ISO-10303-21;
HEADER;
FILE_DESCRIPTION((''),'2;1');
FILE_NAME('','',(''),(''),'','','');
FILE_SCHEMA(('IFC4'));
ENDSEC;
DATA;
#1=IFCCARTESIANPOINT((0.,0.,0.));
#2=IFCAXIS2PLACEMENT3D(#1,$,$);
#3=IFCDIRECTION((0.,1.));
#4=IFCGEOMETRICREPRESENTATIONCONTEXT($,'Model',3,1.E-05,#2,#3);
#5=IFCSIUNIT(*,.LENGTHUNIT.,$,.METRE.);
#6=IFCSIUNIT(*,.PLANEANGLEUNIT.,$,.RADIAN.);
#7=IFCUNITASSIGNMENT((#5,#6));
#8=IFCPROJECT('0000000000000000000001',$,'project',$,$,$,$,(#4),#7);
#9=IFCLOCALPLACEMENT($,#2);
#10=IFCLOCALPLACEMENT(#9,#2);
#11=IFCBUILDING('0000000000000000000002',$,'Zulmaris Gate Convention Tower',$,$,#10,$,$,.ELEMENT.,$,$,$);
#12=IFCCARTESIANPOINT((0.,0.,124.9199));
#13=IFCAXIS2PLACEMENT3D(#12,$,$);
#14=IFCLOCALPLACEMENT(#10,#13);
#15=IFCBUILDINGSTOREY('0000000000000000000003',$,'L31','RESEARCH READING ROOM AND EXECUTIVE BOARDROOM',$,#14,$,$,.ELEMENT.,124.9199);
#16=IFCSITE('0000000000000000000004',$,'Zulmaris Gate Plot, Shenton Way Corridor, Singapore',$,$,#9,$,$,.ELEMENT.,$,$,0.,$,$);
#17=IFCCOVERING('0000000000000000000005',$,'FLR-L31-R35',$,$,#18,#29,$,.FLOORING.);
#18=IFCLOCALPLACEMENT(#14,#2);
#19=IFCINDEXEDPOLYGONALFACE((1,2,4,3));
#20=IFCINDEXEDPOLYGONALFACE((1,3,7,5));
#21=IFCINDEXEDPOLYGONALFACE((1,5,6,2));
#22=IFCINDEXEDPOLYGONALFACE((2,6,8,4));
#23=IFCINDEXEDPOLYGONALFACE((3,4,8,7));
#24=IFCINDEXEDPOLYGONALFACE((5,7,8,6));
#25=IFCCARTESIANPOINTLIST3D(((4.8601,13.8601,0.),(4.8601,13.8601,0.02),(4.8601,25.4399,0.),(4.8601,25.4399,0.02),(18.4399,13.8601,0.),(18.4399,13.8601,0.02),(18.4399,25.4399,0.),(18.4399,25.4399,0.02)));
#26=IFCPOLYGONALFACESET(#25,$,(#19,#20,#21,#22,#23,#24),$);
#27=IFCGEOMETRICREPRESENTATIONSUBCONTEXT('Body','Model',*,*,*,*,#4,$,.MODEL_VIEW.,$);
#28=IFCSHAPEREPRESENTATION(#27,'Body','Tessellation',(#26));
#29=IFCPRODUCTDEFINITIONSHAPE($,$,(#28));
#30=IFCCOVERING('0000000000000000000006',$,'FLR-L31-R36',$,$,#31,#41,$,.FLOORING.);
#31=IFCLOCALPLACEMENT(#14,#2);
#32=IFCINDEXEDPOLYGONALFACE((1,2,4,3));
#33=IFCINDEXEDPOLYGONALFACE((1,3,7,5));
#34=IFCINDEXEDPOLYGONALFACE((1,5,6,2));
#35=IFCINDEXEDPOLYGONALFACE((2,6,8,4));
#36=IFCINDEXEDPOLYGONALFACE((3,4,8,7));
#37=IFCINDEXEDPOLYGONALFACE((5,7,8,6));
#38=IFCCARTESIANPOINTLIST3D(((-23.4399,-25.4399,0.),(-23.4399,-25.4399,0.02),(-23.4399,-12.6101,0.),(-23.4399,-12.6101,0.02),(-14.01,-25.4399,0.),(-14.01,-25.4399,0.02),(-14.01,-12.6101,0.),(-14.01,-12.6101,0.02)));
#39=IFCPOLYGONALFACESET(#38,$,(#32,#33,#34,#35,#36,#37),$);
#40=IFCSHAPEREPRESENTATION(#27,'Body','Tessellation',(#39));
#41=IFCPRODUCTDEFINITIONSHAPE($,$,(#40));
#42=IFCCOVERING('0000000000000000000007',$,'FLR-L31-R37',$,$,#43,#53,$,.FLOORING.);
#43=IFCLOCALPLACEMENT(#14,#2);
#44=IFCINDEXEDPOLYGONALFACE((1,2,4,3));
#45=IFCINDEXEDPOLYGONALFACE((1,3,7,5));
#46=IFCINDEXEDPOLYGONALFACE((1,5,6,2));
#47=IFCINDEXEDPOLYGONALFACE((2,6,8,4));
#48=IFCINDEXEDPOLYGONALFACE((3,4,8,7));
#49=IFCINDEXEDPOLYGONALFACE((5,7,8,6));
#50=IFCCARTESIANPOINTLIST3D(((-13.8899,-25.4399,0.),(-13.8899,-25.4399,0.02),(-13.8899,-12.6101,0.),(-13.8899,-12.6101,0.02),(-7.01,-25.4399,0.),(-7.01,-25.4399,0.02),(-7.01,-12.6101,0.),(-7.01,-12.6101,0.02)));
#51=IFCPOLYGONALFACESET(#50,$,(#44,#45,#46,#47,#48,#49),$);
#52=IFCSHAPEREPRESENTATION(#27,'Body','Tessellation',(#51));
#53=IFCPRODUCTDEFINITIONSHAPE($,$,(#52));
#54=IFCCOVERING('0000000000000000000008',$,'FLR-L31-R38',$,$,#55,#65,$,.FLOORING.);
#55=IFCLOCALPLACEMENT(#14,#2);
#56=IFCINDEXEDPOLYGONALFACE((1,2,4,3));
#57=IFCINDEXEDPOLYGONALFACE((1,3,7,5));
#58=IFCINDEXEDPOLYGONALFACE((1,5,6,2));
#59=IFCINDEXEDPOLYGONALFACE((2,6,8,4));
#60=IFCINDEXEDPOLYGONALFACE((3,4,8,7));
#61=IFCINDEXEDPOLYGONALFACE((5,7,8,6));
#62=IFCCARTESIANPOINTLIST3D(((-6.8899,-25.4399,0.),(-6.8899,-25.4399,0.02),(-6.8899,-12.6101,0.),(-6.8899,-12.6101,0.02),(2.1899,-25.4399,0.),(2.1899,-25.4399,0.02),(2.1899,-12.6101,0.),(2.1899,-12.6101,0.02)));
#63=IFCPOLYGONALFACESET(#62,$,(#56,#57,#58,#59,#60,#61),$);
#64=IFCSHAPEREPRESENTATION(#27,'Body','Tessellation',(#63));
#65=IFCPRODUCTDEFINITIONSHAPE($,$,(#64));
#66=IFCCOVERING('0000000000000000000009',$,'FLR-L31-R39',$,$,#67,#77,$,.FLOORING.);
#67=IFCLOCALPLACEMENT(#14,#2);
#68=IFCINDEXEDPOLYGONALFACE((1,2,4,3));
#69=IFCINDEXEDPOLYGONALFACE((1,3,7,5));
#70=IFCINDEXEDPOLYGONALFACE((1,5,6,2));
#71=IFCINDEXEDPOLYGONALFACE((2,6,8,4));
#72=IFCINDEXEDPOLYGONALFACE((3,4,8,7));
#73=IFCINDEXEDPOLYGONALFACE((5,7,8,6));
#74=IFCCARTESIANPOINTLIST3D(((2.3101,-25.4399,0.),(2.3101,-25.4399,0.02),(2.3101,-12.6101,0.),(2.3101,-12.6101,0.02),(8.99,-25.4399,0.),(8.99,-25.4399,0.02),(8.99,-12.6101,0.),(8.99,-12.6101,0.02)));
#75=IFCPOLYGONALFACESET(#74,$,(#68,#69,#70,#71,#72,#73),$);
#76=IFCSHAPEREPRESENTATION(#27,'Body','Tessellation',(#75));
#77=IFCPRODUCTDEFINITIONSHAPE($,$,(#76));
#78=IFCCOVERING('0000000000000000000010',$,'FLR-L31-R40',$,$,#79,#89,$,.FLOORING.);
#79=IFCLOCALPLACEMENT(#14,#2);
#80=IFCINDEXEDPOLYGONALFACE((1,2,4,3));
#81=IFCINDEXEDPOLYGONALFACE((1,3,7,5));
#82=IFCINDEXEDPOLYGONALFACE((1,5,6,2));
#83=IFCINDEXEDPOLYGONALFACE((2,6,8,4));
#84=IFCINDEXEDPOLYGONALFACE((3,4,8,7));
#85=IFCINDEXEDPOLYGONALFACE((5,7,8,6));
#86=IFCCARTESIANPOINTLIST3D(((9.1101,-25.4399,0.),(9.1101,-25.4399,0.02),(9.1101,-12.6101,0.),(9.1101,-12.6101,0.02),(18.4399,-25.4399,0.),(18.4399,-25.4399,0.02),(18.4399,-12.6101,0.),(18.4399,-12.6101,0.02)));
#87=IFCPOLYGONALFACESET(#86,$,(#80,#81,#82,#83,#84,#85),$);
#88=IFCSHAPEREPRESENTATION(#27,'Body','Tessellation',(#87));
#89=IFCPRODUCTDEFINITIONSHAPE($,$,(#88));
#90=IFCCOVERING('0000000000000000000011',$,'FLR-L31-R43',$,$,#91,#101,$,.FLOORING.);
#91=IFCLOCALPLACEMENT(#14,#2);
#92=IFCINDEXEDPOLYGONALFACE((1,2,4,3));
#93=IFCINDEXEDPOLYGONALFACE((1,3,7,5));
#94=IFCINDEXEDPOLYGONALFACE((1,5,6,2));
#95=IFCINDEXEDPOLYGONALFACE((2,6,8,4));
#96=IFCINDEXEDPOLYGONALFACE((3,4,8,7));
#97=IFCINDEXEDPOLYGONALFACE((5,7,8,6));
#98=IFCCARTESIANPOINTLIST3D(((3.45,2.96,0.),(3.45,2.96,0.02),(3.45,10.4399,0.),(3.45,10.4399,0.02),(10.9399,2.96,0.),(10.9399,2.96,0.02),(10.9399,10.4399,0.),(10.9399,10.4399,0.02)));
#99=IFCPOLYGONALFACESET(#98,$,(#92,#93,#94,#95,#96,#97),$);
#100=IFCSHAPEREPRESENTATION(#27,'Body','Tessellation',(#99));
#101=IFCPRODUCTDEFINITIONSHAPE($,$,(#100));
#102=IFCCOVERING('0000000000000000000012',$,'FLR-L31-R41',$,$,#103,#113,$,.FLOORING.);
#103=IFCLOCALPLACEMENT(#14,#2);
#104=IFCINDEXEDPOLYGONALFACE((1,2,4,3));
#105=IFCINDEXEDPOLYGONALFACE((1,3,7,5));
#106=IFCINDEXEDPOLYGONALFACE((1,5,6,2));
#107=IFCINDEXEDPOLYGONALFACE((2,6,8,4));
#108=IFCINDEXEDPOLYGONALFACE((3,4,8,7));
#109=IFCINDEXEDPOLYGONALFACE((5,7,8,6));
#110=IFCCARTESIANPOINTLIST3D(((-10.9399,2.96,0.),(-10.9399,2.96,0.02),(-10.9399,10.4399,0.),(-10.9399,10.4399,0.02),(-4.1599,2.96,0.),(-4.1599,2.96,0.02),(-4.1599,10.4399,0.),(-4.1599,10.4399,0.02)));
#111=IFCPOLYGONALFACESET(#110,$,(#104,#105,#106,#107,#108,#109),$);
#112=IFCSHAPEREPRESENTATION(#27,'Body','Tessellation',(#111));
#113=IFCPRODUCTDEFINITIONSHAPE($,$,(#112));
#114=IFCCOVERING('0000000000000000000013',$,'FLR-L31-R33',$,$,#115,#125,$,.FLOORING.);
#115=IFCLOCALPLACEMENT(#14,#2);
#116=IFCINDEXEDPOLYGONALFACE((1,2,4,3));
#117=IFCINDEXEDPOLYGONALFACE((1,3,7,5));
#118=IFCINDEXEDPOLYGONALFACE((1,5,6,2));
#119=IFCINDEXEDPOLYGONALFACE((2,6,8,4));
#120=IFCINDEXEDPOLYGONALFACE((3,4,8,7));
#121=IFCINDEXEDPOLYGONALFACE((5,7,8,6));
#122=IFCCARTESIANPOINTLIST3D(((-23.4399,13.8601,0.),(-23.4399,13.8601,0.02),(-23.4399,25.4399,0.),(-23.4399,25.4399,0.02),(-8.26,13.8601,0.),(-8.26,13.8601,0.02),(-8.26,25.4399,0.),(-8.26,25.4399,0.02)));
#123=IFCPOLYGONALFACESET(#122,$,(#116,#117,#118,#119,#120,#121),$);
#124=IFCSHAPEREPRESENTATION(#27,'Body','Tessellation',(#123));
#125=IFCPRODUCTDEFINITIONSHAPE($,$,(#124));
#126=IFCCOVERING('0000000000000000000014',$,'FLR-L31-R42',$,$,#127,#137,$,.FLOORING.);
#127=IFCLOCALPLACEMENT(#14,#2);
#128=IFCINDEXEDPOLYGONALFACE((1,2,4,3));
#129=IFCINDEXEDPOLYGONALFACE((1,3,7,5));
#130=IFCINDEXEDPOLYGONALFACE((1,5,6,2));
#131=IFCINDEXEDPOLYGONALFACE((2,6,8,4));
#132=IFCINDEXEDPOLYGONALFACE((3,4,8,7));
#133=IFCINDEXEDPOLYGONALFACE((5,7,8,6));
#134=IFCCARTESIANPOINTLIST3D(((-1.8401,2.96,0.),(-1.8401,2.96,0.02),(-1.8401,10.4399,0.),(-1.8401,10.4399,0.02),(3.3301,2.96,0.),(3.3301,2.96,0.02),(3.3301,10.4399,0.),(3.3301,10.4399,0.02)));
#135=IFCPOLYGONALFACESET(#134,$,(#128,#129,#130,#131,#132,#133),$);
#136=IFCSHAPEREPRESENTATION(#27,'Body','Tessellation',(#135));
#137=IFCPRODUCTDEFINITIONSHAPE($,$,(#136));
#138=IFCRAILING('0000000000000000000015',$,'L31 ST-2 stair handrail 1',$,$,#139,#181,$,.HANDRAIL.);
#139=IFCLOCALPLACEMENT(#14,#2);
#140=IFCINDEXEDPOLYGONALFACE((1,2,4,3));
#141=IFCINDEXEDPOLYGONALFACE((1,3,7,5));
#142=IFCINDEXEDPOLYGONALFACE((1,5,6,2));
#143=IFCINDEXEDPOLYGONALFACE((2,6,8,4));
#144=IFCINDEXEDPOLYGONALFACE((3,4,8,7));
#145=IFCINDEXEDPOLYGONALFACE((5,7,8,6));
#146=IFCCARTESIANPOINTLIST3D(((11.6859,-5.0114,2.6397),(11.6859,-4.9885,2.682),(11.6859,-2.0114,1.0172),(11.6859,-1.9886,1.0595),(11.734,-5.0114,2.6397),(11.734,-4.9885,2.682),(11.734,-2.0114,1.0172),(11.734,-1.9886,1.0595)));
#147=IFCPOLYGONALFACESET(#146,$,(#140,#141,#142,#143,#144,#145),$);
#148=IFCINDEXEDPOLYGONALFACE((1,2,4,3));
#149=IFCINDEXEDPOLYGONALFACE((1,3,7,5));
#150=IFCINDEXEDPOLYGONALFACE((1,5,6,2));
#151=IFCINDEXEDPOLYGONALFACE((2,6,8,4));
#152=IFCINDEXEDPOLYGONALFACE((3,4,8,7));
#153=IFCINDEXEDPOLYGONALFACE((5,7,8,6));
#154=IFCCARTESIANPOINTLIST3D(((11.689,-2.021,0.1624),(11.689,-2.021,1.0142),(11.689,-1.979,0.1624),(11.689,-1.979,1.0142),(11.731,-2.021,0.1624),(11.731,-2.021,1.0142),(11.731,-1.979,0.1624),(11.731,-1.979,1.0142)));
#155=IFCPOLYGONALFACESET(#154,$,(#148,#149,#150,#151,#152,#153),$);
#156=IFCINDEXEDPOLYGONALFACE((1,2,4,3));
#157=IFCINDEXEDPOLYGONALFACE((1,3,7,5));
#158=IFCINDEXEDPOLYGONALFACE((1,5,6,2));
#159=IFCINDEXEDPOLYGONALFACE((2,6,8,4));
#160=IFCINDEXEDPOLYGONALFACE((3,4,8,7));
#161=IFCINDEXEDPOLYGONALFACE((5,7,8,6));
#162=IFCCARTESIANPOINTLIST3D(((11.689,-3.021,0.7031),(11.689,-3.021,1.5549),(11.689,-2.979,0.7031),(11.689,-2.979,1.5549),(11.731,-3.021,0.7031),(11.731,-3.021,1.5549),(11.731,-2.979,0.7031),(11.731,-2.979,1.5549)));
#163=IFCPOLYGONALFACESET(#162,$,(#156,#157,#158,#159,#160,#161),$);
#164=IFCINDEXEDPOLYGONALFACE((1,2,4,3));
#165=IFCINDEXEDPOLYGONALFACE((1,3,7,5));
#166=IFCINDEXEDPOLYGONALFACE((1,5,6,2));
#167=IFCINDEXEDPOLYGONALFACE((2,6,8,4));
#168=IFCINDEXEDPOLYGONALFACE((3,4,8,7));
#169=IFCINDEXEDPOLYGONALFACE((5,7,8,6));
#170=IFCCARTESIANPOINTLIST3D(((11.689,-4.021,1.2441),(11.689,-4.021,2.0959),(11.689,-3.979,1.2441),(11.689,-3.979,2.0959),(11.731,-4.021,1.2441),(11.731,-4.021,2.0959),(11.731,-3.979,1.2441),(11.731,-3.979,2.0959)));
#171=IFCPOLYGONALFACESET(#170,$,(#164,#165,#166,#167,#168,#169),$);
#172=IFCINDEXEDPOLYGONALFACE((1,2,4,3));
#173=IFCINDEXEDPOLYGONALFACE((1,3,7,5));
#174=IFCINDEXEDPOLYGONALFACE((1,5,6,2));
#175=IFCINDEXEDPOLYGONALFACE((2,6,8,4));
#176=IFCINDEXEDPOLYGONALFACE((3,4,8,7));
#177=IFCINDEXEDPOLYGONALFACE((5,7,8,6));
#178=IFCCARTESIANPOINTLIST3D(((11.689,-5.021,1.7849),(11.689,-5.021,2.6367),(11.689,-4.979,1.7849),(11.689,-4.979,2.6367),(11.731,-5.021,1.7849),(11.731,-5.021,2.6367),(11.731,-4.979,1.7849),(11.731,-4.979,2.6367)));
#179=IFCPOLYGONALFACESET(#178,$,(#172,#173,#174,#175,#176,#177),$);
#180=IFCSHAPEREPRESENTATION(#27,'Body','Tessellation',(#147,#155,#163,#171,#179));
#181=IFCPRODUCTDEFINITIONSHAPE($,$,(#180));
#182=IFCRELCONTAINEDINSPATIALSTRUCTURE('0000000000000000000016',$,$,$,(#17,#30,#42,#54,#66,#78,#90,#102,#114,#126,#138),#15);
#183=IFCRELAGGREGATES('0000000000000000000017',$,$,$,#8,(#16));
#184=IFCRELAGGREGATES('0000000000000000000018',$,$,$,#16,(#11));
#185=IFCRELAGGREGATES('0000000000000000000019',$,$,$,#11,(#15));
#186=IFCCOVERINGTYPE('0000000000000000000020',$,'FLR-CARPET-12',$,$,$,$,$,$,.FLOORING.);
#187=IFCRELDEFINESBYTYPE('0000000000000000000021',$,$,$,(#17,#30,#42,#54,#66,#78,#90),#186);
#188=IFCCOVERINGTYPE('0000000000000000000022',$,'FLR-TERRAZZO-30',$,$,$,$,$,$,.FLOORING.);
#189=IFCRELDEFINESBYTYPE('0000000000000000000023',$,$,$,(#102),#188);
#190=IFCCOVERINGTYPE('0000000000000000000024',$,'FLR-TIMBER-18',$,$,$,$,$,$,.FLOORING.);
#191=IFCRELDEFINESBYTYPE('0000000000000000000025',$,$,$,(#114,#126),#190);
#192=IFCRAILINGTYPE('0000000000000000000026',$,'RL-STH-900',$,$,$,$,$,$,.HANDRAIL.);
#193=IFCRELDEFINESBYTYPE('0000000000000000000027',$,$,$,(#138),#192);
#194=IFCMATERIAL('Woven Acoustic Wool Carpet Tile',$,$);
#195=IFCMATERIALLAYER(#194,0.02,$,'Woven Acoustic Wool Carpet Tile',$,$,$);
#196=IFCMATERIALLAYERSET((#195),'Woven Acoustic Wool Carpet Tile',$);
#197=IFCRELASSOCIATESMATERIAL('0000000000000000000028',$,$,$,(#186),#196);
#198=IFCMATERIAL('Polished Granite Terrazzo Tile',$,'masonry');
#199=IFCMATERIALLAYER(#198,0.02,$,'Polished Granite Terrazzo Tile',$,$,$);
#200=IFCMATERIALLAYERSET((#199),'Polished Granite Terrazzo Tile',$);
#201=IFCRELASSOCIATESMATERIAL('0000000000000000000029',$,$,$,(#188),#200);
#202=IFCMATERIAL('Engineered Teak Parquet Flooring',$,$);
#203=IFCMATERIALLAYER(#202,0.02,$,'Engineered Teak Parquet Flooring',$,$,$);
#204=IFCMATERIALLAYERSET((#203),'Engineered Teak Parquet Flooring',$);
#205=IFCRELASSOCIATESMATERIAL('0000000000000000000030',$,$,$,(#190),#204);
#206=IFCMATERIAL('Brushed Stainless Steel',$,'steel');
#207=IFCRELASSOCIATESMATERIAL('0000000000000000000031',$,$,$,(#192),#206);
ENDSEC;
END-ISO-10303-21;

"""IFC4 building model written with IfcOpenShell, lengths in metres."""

from ifc_helpers import new_model, si_unit, direction, frame, origin, origin_2d, place, context, subcontext, project, spatial, polyline, rectangle, outline, extrude, material, layer, layer_set, type_object, element, save


model = new_model("IFC4")

# Units and contexts
model_context = context("Model", 3, precision=1e-05, world=origin(), true_north=direction((0.0, 1.0)))
body_context = subcontext(model_context, "Body", "Model", "MODEL_VIEW")
ifc_project = project(units=[si_unit("LENGTHUNIT", "METRE"), si_unit("PLANEANGLEUNIT", "RADIAN")], contexts=[model_context])

# Site, building, storey
site_placement = place(None, origin())
site = spatial("IfcSite", under=ifc_project, at=site_placement, Name="Zulmaris Gate Plot, Shenton Way Corridor, Singapore", CompositionType="ELEMENT", RefElevation=0.0)
building_placement = place(site_placement, origin())
building = spatial("IfcBuilding", under=site, at=building_placement, Name="Zulmaris Gate Convention Tower", CompositionType="ELEMENT")
storey_placement = place(building_placement, frame((0.0, 0.0, 124.9199)))
storey = spatial("IfcBuildingStorey", under=building, at=storey_placement, Name="L31", Description="RESEARCH READING ROOM AND EXECUTIVE BOARDROOM", CompositionType="ELEMENT", Elevation=124.9199)

# Coverings
ifc_material_1 = material(Name="Woven Acoustic Wool Carpet Tile")
ifc_layer_1 = layer(ifc_material_1, 0.02, Name="Woven Acoustic Wool Carpet Tile")
ifc_layer_set_1 = layer_set([ifc_layer_1], Name="Woven Acoustic Wool Carpet Tile")
covering_type_1 = type_object("IfcCoveringType", Name="FLR-CARPET-12", PredefinedType="FLOORING", material=ifc_layer_set_1)
covering_1_placement = place(storey_placement, origin())
element("IfcCovering", 1, at=covering_1_placement, inside=storey, type_object=covering_type_1, Name="FLR-L31-R35", PredefinedType="FLOORING", context=body_context, shape_type="SweptSolid", body=[
    extrude(outline(polyline([(4.8601, 13.8601), (18.4399, 13.8601), (18.4399, 25.4399), (4.8601, 25.4399), (4.8601, 13.8601)])), origin(), (0.0, 0.0, 1.0), 0.02),
])
covering_2_placement = place(storey_placement, origin())
element("IfcCovering", 2, at=covering_2_placement, inside=storey, type_object=covering_type_1, Name="FLR-L31-R36", PredefinedType="FLOORING", context=body_context, shape_type="SweptSolid", body=[
    extrude(outline(polyline([(-23.4399, -25.4399), (-14.01, -25.4399), (-14.01, -12.6101), (-23.4399, -12.6101), (-23.4399, -25.4399)])), origin(), (0.0, 0.0, 1.0), 0.02),
])
covering_3_placement = place(storey_placement, origin())
element("IfcCovering", 3, at=covering_3_placement, inside=storey, type_object=covering_type_1, Name="FLR-L31-R37", PredefinedType="FLOORING", context=body_context, shape_type="SweptSolid", body=[
    extrude(outline(polyline([(-13.8899, -25.4399), (-7.01, -25.4399), (-7.01, -12.6101), (-13.8899, -12.6101), (-13.8899, -25.4399)])), origin(), (0.0, 0.0, 1.0), 0.02),
])
covering_4_placement = place(storey_placement, origin())
element("IfcCovering", 4, at=covering_4_placement, inside=storey, type_object=covering_type_1, Name="FLR-L31-R38", PredefinedType="FLOORING", context=body_context, shape_type="SweptSolid", body=[
    extrude(outline(polyline([(-6.8899, -25.4399), (2.1899, -25.4399), (2.1899, -12.6101), (-6.8899, -12.6101), (-6.8899, -25.4399)])), origin(), (0.0, 0.0, 1.0), 0.02),
])
covering_5_placement = place(storey_placement, origin())
element("IfcCovering", 5, at=covering_5_placement, inside=storey, type_object=covering_type_1, Name="FLR-L31-R39", PredefinedType="FLOORING", context=body_context, shape_type="SweptSolid", body=[
    extrude(outline(polyline([(2.3101, -25.4399), (8.99, -25.4399), (8.99, -12.6101), (2.3101, -12.6101), (2.3101, -25.4399)])), origin(), (0.0, 0.0, 1.0), 0.02),
])
covering_6_placement = place(storey_placement, origin())
element("IfcCovering", 6, at=covering_6_placement, inside=storey, type_object=covering_type_1, Name="FLR-L31-R40", PredefinedType="FLOORING", context=body_context, shape_type="SweptSolid", body=[
    extrude(outline(polyline([(9.1101, -25.4399), (18.4399, -25.4399), (18.4399, -12.6101), (9.1101, -12.6101), (9.1101, -25.4399)])), origin(), (0.0, 0.0, 1.0), 0.02),
])
covering_7_placement = place(storey_placement, origin())
element("IfcCovering", 7, at=covering_7_placement, inside=storey, type_object=covering_type_1, Name="FLR-L31-R43", PredefinedType="FLOORING", context=body_context, shape_type="SweptSolid", body=[
    extrude(outline(polyline([(3.45, 2.96), (10.9399, 2.96), (10.9399, 10.4399), (3.45, 10.4399), (3.45, 2.96)])), origin(), (0.0, 0.0, 1.0), 0.02),
])
ifc_material_2 = material(Name="Polished Granite Terrazzo Tile", Category="masonry")
ifc_layer_2 = layer(ifc_material_2, 0.02, Name="Polished Granite Terrazzo Tile")
ifc_layer_set_2 = layer_set([ifc_layer_2], Name="Polished Granite Terrazzo Tile")
covering_type_2 = type_object("IfcCoveringType", Name="FLR-TERRAZZO-30", PredefinedType="FLOORING", material=ifc_layer_set_2)
covering_8_placement = place(storey_placement, origin())
element("IfcCovering", 8, at=covering_8_placement, inside=storey, type_object=covering_type_2, Name="FLR-L31-R41", PredefinedType="FLOORING", context=body_context, shape_type="SweptSolid", body=[
    extrude(outline(polyline([(-10.9399, 2.96), (-4.1599, 2.96), (-4.1599, 10.4399), (-10.9399, 10.4399), (-10.9399, 2.96)])), origin(), (0.0, 0.0, 1.0), 0.02),
])
ifc_material_3 = material(Name="Engineered Teak Parquet Flooring")
ifc_layer_3 = layer(ifc_material_3, 0.02, Name="Engineered Teak Parquet Flooring")
ifc_layer_set_3 = layer_set([ifc_layer_3], Name="Engineered Teak Parquet Flooring")
covering_type_3 = type_object("IfcCoveringType", Name="FLR-TIMBER-18", PredefinedType="FLOORING", material=ifc_layer_set_3)
covering_9_placement = place(storey_placement, origin())
element("IfcCovering", 9, at=covering_9_placement, inside=storey, type_object=covering_type_3, Name="FLR-L31-R33", PredefinedType="FLOORING", context=body_context, shape_type="SweptSolid", body=[
    extrude(outline(polyline([(-23.4399, 13.8601), (-8.26, 13.8601), (-8.26, 25.4399), (-23.4399, 25.4399), (-23.4399, 13.8601)])), origin(), (0.0, 0.0, 1.0), 0.02),
])
covering_10_placement = place(storey_placement, origin())
element("IfcCovering", 10, at=covering_10_placement, inside=storey, type_object=covering_type_3, Name="FLR-L31-R42", PredefinedType="FLOORING", context=body_context, shape_type="SweptSolid", body=[
    extrude(outline(polyline([(-1.8401, 2.96), (3.3301, 2.96), (3.3301, 10.4399), (-1.8401, 10.4399), (-1.8401, 2.96)])), origin(), (0.0, 0.0, 1.0), 0.02),
])

# Railing
ifc_material_4 = material(Name="Brushed Stainless Steel", Category="steel")
railing_type = type_object("IfcRailingType", Name="RL-STH-900", PredefinedType="HANDRAIL", material=ifc_material_4)
railing_placement = place(storey_placement, frame((11.71, -2.0, 0.1624)))
element("IfcRailing", 11, at=railing_placement, inside=storey, type_object=railing_type, Name="L31 ST-2 stair handrail 1", PredefinedType="HANDRAIL", context=body_context, shape_type="SweptSolid", body=[
    extrude(rectangle(XDim=0.0481, YDim=0.0481, at=origin_2d()), frame((0.0, 0.0, 0.876), z_axis=(0.0, -0.879592, 0.47573), x_axis=(1.0, 0.0, 0.0)), (0.0, 0.0, 1.0), 3.4106),
    extrude(rectangle(XDim=0.042, YDim=0.042, at=origin_2d()), origin(), (0.0, 0.0, 1.0), 0.8518),
    extrude(rectangle(XDim=0.042, YDim=0.042, at=origin_2d()), frame((0.0, -1.0, 0.5408)), (0.0, 0.0, 1.0), 0.8518),
    extrude(rectangle(XDim=0.042, YDim=0.042, at=origin_2d()), frame((0.0, -2.0, 1.0818)), (0.0, 0.0, 1.0), 0.8518),
    extrude(rectangle(XDim=0.042, YDim=0.042, at=origin_2d()), frame((0.0, -3.0, 1.6226)), (0.0, 0.0, 1.0), 0.8518),
])

save(model, "model.ifc")
